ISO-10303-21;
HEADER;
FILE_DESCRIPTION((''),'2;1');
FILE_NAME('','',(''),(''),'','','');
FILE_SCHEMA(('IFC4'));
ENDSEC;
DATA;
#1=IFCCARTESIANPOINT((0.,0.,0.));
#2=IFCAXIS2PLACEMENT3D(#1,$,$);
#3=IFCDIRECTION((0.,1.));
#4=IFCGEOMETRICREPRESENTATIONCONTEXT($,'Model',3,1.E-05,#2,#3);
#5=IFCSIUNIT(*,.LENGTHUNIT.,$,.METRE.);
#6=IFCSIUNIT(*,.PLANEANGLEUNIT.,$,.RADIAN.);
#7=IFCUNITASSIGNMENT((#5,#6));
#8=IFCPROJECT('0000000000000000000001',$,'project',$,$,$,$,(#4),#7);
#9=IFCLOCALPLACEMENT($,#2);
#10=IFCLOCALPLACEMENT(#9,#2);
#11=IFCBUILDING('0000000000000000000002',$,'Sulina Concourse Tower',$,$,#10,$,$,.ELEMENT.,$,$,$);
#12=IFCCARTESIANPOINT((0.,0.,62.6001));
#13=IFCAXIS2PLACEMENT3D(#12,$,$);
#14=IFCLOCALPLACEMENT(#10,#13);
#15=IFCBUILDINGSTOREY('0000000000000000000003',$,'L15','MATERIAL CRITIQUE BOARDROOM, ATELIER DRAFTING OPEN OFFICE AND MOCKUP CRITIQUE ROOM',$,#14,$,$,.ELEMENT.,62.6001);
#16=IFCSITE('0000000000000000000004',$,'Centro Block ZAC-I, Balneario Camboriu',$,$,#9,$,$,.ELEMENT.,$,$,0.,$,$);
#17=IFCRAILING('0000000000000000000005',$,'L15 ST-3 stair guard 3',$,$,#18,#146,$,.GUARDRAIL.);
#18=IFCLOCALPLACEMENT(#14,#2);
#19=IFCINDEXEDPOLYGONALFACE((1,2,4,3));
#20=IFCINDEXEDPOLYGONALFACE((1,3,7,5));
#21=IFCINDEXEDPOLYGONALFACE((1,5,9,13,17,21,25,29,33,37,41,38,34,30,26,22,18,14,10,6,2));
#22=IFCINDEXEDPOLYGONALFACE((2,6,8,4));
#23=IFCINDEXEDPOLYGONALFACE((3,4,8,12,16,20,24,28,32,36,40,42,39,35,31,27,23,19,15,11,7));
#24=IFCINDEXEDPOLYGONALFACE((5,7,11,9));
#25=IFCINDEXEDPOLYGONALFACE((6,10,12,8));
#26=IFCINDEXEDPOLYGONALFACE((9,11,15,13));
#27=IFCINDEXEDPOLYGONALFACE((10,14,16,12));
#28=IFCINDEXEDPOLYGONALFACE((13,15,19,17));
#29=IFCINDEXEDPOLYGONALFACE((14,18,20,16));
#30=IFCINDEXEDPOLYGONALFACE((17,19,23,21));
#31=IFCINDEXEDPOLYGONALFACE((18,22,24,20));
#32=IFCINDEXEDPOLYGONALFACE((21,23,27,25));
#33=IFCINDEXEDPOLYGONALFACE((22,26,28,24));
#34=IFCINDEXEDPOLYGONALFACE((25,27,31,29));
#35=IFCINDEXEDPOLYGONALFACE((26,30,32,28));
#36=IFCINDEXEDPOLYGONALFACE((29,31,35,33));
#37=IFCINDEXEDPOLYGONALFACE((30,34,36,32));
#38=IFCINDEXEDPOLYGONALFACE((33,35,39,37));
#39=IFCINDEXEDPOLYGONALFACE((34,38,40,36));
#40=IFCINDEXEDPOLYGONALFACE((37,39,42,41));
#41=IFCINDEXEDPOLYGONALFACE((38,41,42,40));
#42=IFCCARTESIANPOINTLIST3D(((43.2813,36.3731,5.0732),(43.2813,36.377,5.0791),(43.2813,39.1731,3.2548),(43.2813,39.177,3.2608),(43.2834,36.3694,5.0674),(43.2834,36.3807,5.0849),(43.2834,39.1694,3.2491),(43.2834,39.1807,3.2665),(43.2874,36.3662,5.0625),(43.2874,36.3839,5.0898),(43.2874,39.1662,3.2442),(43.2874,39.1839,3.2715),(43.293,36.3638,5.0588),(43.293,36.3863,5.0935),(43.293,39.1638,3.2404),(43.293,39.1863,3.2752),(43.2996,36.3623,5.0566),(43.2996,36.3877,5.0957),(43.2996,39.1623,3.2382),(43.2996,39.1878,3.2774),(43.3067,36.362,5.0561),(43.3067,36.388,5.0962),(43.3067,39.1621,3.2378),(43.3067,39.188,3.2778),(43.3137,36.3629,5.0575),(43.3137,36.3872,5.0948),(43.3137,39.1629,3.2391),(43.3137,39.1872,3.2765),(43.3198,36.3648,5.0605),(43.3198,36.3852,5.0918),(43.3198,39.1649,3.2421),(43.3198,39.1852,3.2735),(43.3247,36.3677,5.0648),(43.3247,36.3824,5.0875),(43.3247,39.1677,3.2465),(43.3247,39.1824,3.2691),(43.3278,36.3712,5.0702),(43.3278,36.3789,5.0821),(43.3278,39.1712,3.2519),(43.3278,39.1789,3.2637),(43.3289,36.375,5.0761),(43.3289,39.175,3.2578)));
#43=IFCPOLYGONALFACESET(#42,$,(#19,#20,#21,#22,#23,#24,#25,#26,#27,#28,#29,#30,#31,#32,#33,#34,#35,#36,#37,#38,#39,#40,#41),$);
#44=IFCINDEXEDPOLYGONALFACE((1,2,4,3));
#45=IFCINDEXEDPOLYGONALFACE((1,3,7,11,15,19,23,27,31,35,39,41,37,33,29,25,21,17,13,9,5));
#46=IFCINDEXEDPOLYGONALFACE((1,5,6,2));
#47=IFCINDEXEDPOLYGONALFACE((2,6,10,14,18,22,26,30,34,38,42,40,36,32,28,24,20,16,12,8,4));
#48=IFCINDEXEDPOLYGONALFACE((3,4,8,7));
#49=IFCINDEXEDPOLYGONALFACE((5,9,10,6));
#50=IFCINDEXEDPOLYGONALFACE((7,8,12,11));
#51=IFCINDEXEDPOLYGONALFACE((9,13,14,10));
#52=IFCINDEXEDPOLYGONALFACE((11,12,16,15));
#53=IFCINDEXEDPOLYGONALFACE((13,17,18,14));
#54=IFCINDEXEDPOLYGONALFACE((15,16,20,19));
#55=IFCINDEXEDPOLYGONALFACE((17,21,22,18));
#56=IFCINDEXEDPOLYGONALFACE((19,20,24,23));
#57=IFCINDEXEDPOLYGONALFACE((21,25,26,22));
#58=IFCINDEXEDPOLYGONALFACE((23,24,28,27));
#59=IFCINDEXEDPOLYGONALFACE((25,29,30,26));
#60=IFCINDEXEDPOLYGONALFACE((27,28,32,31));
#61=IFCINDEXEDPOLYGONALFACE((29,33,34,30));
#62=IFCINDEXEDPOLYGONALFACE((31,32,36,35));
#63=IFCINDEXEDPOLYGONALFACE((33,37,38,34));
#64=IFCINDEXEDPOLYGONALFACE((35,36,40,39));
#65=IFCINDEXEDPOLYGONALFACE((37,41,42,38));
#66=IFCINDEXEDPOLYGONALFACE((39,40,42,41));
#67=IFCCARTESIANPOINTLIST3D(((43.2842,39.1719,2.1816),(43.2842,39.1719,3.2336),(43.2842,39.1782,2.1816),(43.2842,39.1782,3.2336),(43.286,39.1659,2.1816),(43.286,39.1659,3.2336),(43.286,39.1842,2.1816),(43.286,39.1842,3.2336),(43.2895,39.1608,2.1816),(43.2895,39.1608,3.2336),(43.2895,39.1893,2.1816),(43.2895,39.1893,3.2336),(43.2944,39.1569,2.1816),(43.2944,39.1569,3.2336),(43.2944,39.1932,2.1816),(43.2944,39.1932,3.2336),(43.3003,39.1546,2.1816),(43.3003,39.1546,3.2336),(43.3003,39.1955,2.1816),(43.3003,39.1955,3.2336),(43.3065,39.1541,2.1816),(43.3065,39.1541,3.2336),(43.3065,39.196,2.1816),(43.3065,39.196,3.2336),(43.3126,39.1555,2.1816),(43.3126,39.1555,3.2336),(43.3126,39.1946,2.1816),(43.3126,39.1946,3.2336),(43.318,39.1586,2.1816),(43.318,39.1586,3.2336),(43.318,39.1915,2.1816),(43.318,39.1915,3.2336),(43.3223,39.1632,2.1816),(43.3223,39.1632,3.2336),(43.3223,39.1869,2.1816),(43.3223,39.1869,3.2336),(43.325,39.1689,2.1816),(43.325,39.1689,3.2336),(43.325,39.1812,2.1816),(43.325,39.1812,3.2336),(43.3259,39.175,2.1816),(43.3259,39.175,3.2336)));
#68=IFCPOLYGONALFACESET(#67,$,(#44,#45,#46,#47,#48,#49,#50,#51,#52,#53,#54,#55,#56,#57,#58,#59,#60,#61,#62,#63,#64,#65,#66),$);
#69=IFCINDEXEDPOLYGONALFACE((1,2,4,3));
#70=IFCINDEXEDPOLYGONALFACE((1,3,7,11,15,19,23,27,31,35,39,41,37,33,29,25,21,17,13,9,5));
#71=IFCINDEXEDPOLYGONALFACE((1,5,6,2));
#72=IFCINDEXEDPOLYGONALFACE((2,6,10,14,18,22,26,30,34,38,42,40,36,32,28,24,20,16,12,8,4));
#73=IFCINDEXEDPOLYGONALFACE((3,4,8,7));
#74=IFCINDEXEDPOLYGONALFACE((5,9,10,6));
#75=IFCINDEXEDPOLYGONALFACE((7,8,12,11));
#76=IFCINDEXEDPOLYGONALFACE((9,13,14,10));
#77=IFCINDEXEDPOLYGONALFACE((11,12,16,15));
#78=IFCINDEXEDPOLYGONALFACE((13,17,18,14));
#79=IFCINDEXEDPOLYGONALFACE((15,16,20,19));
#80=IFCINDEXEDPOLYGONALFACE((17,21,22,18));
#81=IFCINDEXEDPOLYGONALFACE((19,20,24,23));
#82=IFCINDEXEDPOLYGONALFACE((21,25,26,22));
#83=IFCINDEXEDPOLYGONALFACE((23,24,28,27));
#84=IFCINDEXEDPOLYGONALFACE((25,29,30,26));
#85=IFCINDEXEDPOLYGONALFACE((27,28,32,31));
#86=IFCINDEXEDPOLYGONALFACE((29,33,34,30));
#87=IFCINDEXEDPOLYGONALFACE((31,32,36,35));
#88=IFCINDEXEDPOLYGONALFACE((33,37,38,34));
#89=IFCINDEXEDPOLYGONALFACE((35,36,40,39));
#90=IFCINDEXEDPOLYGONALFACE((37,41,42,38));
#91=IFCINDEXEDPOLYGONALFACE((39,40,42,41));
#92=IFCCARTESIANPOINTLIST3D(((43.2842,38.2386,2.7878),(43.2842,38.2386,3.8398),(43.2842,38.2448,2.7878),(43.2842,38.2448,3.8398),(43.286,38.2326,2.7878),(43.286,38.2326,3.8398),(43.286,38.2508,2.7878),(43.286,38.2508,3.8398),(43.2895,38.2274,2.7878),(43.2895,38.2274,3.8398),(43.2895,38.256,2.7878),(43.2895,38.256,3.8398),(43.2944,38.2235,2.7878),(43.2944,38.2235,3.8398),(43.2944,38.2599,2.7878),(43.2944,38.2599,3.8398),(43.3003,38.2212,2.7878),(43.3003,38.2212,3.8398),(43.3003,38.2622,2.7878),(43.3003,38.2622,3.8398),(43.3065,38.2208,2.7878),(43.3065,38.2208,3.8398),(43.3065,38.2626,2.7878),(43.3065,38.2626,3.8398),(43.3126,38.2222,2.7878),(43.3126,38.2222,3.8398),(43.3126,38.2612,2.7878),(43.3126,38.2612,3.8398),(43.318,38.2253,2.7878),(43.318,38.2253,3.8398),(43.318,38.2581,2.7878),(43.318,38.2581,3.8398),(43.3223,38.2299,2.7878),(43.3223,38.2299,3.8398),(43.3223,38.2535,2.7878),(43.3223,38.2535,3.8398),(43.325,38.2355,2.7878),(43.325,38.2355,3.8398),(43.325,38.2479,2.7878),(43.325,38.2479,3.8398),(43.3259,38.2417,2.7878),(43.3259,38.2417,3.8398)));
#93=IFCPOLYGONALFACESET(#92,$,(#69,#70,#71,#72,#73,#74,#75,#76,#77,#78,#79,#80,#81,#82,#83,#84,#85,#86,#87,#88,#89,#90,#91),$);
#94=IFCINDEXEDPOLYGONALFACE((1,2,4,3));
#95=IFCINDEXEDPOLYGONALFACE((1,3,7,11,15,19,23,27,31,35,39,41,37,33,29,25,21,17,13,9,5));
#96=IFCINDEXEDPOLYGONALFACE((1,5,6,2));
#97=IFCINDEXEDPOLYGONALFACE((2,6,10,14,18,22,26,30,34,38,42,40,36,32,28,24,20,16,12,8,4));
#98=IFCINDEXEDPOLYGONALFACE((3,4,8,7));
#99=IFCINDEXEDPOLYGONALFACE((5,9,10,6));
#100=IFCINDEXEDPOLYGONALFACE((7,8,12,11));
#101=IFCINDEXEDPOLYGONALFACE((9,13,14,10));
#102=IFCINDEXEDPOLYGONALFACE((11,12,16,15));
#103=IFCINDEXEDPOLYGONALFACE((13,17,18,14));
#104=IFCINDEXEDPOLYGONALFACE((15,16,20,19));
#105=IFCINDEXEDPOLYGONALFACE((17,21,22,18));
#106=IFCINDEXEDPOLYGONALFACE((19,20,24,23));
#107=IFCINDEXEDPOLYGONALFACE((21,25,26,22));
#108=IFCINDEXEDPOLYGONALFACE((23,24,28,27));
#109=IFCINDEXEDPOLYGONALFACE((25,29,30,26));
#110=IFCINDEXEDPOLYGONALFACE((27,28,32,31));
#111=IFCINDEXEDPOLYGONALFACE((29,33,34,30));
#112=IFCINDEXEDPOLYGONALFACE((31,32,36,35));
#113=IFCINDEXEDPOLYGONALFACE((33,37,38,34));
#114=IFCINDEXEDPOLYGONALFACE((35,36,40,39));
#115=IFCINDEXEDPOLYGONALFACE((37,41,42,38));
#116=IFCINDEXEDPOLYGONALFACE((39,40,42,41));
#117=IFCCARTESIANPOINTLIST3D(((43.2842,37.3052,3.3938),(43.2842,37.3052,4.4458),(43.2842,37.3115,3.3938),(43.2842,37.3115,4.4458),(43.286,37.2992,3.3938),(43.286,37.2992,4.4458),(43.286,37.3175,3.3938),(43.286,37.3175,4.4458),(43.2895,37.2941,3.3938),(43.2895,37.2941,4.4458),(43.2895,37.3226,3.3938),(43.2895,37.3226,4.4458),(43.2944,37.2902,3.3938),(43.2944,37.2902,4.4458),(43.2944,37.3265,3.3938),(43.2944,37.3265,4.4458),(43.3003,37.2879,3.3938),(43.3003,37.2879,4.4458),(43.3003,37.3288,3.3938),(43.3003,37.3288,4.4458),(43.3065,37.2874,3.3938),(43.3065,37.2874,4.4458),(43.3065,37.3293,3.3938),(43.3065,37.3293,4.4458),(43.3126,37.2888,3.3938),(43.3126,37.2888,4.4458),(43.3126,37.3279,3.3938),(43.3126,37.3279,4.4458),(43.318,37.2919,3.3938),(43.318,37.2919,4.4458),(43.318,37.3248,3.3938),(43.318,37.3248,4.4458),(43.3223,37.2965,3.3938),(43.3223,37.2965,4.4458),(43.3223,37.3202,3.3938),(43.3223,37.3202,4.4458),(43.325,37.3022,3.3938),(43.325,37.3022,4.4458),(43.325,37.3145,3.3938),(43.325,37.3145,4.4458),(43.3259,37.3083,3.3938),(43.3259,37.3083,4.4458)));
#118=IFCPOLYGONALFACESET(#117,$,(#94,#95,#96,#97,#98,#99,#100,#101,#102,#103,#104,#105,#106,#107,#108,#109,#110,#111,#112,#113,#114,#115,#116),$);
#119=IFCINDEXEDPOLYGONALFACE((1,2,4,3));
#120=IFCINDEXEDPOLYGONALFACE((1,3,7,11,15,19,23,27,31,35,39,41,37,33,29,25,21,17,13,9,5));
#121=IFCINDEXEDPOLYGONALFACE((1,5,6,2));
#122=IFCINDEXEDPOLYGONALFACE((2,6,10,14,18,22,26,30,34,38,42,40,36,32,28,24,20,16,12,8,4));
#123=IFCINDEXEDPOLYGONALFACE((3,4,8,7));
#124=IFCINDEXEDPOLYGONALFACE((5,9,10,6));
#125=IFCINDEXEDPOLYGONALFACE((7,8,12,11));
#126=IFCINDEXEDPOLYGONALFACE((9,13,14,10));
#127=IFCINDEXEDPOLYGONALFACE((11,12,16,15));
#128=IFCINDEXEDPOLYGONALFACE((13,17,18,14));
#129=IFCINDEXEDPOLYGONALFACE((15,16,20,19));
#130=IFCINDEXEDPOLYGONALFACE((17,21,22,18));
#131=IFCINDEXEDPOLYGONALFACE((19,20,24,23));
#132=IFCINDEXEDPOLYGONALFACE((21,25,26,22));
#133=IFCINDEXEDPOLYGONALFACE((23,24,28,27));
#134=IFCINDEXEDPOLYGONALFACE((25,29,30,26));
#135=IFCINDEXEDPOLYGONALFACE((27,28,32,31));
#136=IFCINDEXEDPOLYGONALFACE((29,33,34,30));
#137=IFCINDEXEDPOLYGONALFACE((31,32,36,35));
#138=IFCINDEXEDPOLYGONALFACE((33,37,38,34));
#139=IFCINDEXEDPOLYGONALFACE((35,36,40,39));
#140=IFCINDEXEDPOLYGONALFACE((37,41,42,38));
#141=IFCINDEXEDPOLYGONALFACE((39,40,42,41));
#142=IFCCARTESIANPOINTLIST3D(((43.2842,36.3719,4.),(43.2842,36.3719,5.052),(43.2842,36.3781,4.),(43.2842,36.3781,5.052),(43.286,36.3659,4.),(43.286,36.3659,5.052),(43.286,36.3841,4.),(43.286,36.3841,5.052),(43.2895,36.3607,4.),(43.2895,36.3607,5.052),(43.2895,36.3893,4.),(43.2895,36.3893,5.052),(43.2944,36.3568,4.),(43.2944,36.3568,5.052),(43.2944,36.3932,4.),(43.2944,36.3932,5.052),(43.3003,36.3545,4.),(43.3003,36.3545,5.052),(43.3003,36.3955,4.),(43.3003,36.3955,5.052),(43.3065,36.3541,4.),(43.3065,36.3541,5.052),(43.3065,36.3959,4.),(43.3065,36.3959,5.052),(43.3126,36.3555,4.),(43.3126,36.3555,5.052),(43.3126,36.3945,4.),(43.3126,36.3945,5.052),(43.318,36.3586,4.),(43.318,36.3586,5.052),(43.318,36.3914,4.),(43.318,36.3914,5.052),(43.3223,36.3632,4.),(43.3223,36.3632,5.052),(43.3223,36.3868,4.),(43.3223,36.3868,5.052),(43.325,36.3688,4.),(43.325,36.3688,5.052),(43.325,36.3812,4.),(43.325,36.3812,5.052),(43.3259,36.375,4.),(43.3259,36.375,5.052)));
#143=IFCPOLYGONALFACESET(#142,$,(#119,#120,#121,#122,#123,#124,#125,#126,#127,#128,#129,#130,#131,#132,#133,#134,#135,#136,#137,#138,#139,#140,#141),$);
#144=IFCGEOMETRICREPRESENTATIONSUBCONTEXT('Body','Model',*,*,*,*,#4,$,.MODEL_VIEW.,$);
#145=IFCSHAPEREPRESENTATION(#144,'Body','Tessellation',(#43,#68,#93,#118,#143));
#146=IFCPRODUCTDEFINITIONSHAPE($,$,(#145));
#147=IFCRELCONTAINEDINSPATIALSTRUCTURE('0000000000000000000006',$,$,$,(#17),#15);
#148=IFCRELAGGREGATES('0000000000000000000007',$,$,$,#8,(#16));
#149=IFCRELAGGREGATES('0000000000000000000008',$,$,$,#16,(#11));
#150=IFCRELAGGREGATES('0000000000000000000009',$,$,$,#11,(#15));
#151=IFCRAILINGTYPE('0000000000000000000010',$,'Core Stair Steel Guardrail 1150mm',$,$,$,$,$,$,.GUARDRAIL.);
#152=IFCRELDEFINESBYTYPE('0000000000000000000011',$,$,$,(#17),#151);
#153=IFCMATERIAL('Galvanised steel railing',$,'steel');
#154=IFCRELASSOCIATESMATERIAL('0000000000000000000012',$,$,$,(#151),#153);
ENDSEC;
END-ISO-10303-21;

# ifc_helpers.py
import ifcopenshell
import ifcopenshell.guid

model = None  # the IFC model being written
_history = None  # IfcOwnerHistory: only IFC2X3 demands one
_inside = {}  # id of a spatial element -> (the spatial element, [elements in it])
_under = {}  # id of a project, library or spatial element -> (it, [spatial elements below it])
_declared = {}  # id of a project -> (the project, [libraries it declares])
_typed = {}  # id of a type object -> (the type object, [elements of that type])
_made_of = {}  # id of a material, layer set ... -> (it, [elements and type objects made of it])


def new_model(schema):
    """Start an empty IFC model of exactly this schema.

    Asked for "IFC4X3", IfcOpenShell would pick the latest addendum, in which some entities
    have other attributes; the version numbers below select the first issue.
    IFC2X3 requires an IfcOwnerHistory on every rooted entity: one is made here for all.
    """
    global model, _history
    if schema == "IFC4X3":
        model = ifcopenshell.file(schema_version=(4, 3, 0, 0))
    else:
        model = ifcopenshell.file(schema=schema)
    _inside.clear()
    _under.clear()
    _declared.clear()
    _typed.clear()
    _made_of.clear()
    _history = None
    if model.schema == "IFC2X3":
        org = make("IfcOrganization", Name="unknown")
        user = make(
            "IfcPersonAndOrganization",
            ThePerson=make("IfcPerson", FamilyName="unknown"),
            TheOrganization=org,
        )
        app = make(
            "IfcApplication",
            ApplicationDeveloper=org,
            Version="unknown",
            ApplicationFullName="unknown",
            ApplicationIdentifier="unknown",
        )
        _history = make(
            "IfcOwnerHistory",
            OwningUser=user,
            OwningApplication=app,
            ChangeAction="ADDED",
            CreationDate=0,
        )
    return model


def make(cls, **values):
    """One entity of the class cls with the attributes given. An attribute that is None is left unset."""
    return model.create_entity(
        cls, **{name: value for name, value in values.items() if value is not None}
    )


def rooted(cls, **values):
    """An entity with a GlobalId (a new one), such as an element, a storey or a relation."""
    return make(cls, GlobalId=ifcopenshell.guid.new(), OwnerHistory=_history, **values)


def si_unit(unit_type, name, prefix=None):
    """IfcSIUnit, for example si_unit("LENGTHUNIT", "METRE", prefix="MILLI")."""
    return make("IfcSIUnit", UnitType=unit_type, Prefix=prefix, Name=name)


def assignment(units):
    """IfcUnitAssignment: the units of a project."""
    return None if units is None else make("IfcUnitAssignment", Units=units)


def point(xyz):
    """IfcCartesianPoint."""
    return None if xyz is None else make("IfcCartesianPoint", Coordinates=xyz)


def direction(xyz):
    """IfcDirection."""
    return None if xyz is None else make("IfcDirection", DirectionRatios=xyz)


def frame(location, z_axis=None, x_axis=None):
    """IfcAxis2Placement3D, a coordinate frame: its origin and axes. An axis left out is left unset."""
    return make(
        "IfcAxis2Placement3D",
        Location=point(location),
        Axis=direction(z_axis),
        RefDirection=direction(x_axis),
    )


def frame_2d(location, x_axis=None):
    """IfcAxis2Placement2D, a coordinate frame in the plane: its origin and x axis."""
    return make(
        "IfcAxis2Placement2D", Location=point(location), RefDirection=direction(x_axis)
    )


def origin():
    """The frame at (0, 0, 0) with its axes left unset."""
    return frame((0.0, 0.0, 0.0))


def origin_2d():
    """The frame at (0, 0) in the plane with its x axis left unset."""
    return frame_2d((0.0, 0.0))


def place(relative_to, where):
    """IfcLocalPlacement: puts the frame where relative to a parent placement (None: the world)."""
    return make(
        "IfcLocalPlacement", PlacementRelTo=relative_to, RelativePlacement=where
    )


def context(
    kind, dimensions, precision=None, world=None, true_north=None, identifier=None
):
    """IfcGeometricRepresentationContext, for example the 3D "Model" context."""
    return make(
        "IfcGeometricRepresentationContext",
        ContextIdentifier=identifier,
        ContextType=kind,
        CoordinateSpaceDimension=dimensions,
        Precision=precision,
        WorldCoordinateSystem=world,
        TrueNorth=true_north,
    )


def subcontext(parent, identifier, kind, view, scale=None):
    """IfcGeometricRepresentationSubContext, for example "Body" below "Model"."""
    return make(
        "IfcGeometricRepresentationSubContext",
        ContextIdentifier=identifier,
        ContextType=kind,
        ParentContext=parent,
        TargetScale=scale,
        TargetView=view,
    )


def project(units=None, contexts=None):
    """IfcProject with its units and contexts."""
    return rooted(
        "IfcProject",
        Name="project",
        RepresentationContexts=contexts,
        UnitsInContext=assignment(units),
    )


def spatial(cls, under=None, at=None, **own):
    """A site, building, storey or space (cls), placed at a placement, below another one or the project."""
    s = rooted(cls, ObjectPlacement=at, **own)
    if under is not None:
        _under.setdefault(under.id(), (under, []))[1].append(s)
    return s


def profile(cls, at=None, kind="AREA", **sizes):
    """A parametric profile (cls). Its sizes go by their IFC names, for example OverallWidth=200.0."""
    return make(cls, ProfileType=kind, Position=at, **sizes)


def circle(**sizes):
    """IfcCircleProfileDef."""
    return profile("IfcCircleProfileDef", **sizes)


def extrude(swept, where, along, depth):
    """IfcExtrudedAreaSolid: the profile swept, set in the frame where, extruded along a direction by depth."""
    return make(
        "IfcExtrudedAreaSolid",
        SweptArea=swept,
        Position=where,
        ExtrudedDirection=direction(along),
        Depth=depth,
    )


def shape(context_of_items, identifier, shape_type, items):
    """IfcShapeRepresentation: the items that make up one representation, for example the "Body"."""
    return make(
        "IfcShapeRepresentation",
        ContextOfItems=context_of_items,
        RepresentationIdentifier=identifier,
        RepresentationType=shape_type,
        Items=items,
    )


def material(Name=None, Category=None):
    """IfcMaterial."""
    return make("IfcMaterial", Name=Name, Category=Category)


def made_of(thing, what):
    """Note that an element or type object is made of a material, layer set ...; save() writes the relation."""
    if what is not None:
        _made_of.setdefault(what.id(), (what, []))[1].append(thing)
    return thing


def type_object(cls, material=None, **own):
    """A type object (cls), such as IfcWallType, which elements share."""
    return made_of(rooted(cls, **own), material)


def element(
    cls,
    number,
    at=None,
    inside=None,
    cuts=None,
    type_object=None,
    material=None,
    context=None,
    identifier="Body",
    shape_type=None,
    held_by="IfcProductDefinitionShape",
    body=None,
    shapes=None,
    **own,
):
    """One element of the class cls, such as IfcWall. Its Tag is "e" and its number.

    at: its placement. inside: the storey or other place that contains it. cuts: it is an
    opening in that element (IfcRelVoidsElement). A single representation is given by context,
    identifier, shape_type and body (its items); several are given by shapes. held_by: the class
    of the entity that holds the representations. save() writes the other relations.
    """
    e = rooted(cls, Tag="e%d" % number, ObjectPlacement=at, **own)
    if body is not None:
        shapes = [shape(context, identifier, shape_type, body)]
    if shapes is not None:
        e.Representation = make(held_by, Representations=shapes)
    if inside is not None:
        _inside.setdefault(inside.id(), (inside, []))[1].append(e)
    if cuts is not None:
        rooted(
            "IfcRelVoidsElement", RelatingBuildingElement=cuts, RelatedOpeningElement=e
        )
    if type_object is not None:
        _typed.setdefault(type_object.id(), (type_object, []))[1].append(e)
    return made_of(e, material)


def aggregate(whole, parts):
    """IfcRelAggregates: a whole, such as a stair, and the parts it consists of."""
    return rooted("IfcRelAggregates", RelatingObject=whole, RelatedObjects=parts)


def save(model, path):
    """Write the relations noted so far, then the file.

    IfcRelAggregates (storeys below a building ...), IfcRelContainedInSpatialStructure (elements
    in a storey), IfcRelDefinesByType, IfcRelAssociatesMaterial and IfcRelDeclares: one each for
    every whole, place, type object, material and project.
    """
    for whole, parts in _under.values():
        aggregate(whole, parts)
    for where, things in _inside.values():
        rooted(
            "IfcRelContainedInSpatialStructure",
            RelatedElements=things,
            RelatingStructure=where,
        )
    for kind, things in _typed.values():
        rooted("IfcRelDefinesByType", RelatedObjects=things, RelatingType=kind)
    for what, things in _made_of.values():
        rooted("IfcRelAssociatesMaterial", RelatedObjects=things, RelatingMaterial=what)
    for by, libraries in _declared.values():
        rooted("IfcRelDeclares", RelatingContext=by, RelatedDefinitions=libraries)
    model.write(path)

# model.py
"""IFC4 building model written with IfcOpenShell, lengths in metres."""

from ifc_helpers import new_model, si_unit, direction, frame, origin, origin_2d, place, context, subcontext, project, spatial, circle, extrude, material, type_object, element, save


model = new_model("IFC4")

# Units and contexts
model_context = context("Model", 3, precision=1e-05, world=origin(), true_north=direction((0.0, 1.0)))
body_context = subcontext(model_context, "Body", "Model", "MODEL_VIEW")
ifc_project = project(units=[si_unit("LENGTHUNIT", "METRE"), si_unit("PLANEANGLEUNIT", "RADIAN")], contexts=[model_context])

# Site, building, storey
site_placement = place(None, origin())
site = spatial("IfcSite", under=ifc_project, at=site_placement, Name="Centro Block ZAC-I, Balneario Camboriu", CompositionType="ELEMENT", RefElevation=0.0)
building_placement = place(site_placement, origin())
building = spatial("IfcBuilding", under=site, at=building_placement, Name="Sulina Concourse Tower", CompositionType="ELEMENT")
storey_placement = place(building_placement, frame((0.0, 0.0, 62.6001)))
storey = spatial("IfcBuildingStorey", under=building, at=storey_placement, Name="L15", Description="MATERIAL CRITIQUE BOARDROOM, ATELIER DRAFTING OPEN OFFICE AND MOCKUP CRITIQUE ROOM", CompositionType="ELEMENT", Elevation=62.6001)

# Railing
ifc_material_1 = material(Name="Galvanised steel railing", Category="steel")
railing_type_1 = type_object("IfcRailingType", Name="Core Stair Steel Guardrail 1150mm", PredefinedType="GUARDRAIL", material=ifc_material_1)
railing_1_placement = place(storey_placement, frame((43.3049, 39.175, 2.1816)))
element("IfcRailing", 1, at=railing_1_placement, inside=storey, type_object=railing_type_1, Name="L15 ST-3 stair guard 3", PredefinedType="GUARDRAIL", context=body_context, shape_type="SweptSolid", body=[
    extrude(circle(Radius=0.0239, at=origin_2d()), frame((0.0, 0.0, 1.0762), z_axis=(0.0, -0.838672, 0.544636), x_axis=(1.0, 0.0, 0.0)), (0.0, 0.0, 1.0), 3.3386),
    extrude(circle(Radius=0.021, at=origin_2d()), origin(), (0.0, 0.0, 1.0), 1.052),
    extrude(circle(Radius=0.021, at=origin_2d()), frame((0.0, -0.9333, 0.6062)), (0.0, 0.0, 1.0), 1.052),
    extrude(circle(Radius=0.021, at=origin_2d()), frame((0.0, -1.8667, 1.2122)), (0.0, 0.0, 1.0), 1.052),
    extrude(circle(Radius=0.021, at=origin_2d()), frame((0.0, -2.8, 1.8184)), (0.0, 0.0, 1.0), 1.052),
])

save(model, "model.ifc")
